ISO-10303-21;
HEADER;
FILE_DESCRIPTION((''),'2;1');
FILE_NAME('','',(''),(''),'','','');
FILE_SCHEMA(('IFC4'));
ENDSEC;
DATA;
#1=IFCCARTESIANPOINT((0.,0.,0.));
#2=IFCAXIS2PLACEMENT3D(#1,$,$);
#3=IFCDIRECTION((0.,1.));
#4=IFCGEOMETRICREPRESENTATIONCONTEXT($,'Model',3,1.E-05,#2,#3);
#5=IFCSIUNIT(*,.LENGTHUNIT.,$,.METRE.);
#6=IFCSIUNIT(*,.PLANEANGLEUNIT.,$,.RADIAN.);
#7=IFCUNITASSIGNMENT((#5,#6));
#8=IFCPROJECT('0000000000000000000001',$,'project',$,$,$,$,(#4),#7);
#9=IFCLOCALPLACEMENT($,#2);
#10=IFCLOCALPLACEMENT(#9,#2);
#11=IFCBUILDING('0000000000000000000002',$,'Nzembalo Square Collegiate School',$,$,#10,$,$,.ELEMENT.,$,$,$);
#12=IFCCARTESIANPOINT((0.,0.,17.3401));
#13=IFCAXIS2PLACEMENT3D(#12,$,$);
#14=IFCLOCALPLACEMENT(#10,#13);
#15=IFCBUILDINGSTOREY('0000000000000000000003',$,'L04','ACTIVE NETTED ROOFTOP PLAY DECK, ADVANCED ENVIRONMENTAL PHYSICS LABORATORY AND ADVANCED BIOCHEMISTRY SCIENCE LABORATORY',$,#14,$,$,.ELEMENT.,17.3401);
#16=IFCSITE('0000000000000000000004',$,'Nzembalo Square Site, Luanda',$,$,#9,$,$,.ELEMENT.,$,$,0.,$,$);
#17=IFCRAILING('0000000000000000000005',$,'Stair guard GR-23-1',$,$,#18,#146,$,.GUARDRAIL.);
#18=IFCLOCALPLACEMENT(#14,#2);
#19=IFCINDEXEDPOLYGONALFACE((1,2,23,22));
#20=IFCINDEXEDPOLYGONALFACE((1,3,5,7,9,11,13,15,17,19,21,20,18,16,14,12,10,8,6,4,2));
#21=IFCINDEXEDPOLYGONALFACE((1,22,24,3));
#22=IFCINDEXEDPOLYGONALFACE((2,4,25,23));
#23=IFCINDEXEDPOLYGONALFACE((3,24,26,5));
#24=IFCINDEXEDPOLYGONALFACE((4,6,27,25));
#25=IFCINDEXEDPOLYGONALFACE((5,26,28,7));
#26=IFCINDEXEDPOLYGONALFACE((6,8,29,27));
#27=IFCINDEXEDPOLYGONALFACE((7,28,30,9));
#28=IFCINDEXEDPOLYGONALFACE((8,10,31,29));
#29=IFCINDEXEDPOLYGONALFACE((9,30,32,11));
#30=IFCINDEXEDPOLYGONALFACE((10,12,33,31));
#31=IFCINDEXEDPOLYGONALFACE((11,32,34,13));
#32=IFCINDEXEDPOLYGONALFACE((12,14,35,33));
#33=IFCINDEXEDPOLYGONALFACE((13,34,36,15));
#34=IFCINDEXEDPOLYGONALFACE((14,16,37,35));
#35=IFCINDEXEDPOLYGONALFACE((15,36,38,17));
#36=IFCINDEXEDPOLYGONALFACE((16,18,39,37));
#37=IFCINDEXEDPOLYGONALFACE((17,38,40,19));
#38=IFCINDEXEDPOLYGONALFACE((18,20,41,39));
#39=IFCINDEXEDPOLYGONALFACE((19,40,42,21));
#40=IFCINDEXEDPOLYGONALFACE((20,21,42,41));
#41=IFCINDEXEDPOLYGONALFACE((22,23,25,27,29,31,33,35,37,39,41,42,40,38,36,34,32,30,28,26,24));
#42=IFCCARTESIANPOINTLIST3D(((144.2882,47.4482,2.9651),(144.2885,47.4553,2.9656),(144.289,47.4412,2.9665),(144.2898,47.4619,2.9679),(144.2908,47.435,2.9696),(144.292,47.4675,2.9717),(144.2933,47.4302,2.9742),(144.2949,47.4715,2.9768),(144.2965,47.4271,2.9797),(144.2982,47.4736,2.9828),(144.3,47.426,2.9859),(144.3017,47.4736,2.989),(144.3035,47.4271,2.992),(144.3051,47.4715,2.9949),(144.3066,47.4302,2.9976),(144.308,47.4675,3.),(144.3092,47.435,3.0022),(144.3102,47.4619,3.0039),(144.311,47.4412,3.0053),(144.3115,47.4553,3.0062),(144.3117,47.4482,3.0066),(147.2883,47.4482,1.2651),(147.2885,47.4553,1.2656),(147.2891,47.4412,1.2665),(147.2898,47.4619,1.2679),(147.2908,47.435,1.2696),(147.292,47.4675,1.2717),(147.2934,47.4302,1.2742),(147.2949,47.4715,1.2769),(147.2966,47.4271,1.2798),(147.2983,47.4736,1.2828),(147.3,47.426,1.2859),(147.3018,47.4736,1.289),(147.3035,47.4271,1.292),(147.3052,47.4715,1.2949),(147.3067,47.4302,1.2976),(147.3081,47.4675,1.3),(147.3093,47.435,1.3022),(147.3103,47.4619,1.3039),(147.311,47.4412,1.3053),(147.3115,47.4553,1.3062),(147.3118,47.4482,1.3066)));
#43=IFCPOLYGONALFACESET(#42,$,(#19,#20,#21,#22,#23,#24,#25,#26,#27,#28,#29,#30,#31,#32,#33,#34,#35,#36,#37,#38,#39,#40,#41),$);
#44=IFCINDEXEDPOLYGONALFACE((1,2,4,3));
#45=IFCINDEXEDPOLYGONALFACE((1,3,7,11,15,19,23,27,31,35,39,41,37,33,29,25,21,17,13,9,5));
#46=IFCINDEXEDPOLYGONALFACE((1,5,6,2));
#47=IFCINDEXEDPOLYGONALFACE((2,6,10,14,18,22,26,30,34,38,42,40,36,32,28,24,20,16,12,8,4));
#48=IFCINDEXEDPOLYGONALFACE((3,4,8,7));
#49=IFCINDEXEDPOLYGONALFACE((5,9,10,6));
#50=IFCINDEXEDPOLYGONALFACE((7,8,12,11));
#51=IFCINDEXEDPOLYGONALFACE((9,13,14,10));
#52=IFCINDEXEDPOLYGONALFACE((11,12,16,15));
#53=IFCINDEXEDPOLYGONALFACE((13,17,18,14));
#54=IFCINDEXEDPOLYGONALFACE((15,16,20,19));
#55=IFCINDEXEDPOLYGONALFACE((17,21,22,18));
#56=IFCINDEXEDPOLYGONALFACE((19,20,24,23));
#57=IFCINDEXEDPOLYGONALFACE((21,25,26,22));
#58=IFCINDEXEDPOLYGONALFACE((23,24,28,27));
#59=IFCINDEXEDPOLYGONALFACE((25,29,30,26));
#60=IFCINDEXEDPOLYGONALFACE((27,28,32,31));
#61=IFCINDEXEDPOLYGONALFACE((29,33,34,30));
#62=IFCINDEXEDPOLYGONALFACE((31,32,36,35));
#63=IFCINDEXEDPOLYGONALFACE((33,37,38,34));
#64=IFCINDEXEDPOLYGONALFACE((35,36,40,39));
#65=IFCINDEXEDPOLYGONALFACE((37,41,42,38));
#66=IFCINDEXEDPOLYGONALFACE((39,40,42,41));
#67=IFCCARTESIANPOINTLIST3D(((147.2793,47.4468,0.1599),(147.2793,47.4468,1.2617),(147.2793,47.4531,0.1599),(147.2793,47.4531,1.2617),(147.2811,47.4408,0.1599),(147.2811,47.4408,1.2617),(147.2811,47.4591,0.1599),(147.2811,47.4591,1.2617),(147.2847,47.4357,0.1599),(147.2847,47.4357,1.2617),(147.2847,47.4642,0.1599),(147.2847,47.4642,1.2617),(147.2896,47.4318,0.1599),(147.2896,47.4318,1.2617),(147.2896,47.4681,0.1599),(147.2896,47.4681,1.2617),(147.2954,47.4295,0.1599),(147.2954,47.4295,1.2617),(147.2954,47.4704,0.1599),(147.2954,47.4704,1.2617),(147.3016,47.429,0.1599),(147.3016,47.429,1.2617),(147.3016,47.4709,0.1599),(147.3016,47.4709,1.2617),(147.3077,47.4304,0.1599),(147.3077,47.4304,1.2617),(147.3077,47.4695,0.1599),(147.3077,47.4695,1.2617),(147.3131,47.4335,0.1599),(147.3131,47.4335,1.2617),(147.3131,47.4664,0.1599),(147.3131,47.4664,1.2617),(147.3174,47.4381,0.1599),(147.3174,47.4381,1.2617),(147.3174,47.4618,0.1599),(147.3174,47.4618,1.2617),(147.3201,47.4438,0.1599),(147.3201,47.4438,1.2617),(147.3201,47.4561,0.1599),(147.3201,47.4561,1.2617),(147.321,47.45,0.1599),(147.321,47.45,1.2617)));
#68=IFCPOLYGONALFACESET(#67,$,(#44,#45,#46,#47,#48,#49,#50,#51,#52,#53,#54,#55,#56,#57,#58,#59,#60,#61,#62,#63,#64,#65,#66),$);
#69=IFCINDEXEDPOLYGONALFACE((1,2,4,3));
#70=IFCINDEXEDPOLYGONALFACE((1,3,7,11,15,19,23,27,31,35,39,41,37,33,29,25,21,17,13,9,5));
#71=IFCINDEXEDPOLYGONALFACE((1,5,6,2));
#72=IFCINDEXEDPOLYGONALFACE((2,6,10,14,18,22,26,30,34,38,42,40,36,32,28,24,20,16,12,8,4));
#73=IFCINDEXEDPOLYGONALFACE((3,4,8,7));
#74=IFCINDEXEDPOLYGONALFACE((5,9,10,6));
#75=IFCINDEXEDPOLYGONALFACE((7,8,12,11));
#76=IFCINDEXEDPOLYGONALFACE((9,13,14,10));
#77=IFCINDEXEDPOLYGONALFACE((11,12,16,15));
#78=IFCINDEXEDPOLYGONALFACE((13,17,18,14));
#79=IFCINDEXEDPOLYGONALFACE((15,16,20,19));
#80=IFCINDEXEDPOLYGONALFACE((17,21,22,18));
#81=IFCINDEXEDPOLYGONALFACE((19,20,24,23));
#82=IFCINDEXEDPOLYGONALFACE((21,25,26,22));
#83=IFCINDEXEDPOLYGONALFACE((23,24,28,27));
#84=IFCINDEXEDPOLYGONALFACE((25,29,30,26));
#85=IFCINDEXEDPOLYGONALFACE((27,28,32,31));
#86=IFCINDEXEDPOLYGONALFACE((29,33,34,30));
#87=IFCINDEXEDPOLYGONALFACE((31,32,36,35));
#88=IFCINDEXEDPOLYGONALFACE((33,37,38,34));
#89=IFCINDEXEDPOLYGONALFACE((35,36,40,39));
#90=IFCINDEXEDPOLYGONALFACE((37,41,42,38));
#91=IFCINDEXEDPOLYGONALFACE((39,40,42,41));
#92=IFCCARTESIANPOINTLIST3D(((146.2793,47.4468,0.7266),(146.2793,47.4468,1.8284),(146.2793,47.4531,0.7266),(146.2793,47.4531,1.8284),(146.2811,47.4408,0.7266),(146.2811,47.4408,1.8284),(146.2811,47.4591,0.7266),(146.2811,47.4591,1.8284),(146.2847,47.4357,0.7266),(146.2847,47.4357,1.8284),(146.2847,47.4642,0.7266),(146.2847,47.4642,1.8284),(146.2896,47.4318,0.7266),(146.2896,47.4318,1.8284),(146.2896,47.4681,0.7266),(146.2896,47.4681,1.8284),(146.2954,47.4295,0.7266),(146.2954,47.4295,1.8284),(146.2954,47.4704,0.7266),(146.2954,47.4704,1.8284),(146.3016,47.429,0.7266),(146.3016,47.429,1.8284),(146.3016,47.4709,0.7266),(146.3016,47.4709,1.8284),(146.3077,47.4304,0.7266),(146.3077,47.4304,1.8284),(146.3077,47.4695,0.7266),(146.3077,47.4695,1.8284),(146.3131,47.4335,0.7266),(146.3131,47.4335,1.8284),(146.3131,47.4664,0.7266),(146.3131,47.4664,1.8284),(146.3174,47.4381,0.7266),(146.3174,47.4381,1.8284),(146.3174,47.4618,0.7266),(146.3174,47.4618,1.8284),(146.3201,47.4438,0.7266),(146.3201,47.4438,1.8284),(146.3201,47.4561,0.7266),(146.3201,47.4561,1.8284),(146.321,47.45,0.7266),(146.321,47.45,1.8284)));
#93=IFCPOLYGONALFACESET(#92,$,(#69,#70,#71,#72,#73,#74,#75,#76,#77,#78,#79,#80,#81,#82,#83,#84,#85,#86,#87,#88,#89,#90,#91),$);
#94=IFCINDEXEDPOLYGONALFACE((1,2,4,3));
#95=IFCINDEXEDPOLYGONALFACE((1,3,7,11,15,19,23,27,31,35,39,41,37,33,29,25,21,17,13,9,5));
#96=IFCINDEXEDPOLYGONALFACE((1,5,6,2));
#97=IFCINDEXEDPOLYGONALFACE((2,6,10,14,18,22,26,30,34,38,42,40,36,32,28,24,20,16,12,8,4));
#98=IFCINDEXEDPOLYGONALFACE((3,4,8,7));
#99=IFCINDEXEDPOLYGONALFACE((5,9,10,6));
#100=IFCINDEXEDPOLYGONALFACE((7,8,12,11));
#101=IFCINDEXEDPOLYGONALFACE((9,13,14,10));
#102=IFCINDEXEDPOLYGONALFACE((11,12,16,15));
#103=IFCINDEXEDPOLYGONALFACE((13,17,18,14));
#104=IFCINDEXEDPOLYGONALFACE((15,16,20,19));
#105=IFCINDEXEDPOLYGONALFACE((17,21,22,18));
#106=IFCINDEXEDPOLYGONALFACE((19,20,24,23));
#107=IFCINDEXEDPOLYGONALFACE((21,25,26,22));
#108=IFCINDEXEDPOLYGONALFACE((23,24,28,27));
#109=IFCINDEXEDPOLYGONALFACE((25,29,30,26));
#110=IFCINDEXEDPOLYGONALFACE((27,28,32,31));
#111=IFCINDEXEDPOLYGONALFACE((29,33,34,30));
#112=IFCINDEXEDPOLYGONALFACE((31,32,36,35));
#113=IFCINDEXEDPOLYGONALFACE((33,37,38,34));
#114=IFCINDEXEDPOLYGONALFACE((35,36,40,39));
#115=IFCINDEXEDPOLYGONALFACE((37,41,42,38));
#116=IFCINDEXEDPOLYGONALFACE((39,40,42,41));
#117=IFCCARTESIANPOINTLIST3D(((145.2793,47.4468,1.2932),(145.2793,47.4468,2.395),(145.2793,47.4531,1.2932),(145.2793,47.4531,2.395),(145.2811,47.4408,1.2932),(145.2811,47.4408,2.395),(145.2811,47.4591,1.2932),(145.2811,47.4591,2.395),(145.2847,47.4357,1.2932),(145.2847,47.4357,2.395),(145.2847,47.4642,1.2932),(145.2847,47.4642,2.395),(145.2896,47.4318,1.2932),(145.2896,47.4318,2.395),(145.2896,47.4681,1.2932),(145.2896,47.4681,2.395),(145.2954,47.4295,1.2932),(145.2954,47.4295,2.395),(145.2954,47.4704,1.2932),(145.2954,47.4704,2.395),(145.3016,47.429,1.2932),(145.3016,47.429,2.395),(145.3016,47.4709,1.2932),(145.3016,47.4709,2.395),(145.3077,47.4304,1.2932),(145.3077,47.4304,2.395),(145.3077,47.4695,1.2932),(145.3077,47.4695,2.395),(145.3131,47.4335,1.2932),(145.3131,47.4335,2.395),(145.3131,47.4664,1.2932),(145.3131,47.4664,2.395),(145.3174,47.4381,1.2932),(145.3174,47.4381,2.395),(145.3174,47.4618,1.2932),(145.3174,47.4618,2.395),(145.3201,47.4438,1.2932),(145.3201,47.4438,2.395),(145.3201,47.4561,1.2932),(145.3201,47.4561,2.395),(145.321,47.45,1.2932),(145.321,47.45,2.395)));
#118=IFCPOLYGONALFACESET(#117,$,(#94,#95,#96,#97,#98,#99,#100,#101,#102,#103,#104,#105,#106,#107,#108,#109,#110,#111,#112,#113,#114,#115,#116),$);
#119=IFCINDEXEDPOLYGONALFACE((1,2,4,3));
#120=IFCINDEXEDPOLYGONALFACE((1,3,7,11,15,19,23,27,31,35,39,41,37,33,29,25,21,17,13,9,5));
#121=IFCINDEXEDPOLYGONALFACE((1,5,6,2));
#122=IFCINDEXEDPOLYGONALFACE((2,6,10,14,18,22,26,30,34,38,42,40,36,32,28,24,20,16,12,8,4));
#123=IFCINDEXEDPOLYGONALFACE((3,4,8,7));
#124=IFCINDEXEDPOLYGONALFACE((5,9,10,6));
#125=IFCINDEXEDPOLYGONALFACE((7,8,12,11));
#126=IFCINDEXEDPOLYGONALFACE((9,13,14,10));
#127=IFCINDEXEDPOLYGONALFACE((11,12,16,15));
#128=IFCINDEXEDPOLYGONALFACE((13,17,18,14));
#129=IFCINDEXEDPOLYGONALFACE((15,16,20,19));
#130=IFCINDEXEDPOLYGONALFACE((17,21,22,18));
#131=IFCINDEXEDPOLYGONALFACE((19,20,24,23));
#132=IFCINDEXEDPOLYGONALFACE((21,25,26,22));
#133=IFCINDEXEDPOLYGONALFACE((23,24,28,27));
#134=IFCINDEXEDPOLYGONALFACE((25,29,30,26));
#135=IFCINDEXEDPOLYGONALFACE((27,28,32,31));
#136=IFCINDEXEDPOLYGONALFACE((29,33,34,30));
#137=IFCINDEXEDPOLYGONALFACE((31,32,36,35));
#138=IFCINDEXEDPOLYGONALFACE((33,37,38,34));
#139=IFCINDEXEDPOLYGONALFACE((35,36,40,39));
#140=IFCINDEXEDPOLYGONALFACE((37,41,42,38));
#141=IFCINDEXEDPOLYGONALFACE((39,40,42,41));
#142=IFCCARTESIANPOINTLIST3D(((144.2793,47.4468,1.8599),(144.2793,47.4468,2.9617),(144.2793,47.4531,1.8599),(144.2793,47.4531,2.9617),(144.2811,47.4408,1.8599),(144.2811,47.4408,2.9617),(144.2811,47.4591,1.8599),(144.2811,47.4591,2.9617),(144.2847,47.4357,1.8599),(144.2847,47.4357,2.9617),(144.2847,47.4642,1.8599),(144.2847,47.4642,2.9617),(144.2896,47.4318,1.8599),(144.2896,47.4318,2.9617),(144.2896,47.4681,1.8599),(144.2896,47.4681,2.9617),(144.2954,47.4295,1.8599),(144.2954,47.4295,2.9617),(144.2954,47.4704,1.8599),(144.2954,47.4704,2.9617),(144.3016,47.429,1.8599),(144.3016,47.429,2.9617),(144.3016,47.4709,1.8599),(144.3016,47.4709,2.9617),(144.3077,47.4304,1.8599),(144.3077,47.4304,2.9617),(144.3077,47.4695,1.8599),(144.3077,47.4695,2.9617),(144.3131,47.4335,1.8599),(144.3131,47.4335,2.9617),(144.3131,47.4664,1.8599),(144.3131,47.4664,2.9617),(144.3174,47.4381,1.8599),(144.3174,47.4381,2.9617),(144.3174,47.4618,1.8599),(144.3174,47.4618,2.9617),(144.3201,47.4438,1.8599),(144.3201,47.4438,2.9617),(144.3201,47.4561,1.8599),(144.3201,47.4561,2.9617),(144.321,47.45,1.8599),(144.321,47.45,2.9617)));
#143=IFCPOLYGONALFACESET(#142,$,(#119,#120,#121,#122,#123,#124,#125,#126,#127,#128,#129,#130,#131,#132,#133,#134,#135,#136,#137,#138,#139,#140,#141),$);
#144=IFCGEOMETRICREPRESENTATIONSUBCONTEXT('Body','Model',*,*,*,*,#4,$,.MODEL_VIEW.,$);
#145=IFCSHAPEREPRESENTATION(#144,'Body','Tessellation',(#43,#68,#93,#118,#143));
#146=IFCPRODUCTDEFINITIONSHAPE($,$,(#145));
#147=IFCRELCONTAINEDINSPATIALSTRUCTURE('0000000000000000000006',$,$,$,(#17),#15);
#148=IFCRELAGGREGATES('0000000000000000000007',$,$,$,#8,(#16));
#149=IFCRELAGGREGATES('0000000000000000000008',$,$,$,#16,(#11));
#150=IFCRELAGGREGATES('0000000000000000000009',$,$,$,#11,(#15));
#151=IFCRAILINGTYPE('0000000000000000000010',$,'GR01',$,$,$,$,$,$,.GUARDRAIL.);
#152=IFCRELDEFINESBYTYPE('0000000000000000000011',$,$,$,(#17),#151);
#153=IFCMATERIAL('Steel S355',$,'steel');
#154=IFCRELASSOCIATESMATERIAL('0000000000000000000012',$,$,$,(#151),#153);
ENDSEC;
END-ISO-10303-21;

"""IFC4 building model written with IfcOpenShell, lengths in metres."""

from ifc_helpers import new_model, si_unit, direction, frame, origin, origin_2d, place, context, subcontext, project, spatial, circle, extrude, material, type_object, element, save


model = new_model("IFC4")

# Units and contexts
model_context = context("Model", 3, precision=1e-05, world=origin(), true_north=direction((0.0, 1.0)))
body_context = subcontext(model_context, "Body", "Model", "MODEL_VIEW")
ifc_project = project(units=[si_unit("LENGTHUNIT", "METRE"), si_unit("PLANEANGLEUNIT", "RADIAN")], contexts=[model_context])

# Site, building, storey
site_placement = place(None, origin())
site = spatial("IfcSite", under=ifc_project, at=site_placement, Name="Nzembalo Square Site, Luanda", CompositionType="ELEMENT", RefElevation=0.0)
building_placement = place(site_placement, origin())
building = spatial("IfcBuilding", under=site, at=building_placement, Name="Nzembalo Square Collegiate School", CompositionType="ELEMENT")
storey_placement = place(building_placement, frame((0.0, 0.0, 17.3401)))
storey = spatial("IfcBuildingStorey", under=building, at=storey_placement, Name="L04", Description="ACTIVE NETTED ROOFTOP PLAY DECK, ADVANCED ENVIRONMENTAL PHYSICS LABORATORY AND ADVANCED BIOCHEMISTRY SCIENCE LABORATORY", CompositionType="ELEMENT", Elevation=17.3401)

# Railing
ifc_material_1 = material(Name="Steel S355", Category="steel")
railing_type_1 = type_object("IfcRailingType", Name="GR01", PredefinedType="GUARDRAIL", material=ifc_material_1)
railing_1_placement = place(storey_placement, frame((147.3, 47.45, 0.1599)))
element("IfcRailing", 1, at=railing_1_placement, inside=storey, type_object=railing_type_1, Name="Stair guard GR-23-1", PredefinedType="GUARDRAIL", context=body_context, shape_type="SweptSolid", body=[
    extrude(circle(Radius=0.0239, at=origin_2d()), frame((0.0, 0.0, 1.126), z_axis=(-0.870028, 0.0, 0.493002), x_axis=(0.0, -1.0, 0.0)), (0.0, 0.0, 1.0), 3.4482),
    extrude(circle(Radius=0.021, at=origin_2d()), origin(), (0.0, 0.0, 1.0), 1.1018),
    extrude(circle(Radius=0.021, at=origin_2d()), frame((-1.0, 0.0, 0.5667)), (0.0, 0.0, 1.0), 1.1018),
    extrude(circle(Radius=0.021, at=origin_2d()), frame((-2.0, 0.0, 1.1333)), (0.0, 0.0, 1.0), 1.1018),
    extrude(circle(Radius=0.021, at=origin_2d()), frame((-3.0, 0.0, 1.7)), (0.0, 0.0, 1.0), 1.1018),
])

save(model, "model.ifc")
